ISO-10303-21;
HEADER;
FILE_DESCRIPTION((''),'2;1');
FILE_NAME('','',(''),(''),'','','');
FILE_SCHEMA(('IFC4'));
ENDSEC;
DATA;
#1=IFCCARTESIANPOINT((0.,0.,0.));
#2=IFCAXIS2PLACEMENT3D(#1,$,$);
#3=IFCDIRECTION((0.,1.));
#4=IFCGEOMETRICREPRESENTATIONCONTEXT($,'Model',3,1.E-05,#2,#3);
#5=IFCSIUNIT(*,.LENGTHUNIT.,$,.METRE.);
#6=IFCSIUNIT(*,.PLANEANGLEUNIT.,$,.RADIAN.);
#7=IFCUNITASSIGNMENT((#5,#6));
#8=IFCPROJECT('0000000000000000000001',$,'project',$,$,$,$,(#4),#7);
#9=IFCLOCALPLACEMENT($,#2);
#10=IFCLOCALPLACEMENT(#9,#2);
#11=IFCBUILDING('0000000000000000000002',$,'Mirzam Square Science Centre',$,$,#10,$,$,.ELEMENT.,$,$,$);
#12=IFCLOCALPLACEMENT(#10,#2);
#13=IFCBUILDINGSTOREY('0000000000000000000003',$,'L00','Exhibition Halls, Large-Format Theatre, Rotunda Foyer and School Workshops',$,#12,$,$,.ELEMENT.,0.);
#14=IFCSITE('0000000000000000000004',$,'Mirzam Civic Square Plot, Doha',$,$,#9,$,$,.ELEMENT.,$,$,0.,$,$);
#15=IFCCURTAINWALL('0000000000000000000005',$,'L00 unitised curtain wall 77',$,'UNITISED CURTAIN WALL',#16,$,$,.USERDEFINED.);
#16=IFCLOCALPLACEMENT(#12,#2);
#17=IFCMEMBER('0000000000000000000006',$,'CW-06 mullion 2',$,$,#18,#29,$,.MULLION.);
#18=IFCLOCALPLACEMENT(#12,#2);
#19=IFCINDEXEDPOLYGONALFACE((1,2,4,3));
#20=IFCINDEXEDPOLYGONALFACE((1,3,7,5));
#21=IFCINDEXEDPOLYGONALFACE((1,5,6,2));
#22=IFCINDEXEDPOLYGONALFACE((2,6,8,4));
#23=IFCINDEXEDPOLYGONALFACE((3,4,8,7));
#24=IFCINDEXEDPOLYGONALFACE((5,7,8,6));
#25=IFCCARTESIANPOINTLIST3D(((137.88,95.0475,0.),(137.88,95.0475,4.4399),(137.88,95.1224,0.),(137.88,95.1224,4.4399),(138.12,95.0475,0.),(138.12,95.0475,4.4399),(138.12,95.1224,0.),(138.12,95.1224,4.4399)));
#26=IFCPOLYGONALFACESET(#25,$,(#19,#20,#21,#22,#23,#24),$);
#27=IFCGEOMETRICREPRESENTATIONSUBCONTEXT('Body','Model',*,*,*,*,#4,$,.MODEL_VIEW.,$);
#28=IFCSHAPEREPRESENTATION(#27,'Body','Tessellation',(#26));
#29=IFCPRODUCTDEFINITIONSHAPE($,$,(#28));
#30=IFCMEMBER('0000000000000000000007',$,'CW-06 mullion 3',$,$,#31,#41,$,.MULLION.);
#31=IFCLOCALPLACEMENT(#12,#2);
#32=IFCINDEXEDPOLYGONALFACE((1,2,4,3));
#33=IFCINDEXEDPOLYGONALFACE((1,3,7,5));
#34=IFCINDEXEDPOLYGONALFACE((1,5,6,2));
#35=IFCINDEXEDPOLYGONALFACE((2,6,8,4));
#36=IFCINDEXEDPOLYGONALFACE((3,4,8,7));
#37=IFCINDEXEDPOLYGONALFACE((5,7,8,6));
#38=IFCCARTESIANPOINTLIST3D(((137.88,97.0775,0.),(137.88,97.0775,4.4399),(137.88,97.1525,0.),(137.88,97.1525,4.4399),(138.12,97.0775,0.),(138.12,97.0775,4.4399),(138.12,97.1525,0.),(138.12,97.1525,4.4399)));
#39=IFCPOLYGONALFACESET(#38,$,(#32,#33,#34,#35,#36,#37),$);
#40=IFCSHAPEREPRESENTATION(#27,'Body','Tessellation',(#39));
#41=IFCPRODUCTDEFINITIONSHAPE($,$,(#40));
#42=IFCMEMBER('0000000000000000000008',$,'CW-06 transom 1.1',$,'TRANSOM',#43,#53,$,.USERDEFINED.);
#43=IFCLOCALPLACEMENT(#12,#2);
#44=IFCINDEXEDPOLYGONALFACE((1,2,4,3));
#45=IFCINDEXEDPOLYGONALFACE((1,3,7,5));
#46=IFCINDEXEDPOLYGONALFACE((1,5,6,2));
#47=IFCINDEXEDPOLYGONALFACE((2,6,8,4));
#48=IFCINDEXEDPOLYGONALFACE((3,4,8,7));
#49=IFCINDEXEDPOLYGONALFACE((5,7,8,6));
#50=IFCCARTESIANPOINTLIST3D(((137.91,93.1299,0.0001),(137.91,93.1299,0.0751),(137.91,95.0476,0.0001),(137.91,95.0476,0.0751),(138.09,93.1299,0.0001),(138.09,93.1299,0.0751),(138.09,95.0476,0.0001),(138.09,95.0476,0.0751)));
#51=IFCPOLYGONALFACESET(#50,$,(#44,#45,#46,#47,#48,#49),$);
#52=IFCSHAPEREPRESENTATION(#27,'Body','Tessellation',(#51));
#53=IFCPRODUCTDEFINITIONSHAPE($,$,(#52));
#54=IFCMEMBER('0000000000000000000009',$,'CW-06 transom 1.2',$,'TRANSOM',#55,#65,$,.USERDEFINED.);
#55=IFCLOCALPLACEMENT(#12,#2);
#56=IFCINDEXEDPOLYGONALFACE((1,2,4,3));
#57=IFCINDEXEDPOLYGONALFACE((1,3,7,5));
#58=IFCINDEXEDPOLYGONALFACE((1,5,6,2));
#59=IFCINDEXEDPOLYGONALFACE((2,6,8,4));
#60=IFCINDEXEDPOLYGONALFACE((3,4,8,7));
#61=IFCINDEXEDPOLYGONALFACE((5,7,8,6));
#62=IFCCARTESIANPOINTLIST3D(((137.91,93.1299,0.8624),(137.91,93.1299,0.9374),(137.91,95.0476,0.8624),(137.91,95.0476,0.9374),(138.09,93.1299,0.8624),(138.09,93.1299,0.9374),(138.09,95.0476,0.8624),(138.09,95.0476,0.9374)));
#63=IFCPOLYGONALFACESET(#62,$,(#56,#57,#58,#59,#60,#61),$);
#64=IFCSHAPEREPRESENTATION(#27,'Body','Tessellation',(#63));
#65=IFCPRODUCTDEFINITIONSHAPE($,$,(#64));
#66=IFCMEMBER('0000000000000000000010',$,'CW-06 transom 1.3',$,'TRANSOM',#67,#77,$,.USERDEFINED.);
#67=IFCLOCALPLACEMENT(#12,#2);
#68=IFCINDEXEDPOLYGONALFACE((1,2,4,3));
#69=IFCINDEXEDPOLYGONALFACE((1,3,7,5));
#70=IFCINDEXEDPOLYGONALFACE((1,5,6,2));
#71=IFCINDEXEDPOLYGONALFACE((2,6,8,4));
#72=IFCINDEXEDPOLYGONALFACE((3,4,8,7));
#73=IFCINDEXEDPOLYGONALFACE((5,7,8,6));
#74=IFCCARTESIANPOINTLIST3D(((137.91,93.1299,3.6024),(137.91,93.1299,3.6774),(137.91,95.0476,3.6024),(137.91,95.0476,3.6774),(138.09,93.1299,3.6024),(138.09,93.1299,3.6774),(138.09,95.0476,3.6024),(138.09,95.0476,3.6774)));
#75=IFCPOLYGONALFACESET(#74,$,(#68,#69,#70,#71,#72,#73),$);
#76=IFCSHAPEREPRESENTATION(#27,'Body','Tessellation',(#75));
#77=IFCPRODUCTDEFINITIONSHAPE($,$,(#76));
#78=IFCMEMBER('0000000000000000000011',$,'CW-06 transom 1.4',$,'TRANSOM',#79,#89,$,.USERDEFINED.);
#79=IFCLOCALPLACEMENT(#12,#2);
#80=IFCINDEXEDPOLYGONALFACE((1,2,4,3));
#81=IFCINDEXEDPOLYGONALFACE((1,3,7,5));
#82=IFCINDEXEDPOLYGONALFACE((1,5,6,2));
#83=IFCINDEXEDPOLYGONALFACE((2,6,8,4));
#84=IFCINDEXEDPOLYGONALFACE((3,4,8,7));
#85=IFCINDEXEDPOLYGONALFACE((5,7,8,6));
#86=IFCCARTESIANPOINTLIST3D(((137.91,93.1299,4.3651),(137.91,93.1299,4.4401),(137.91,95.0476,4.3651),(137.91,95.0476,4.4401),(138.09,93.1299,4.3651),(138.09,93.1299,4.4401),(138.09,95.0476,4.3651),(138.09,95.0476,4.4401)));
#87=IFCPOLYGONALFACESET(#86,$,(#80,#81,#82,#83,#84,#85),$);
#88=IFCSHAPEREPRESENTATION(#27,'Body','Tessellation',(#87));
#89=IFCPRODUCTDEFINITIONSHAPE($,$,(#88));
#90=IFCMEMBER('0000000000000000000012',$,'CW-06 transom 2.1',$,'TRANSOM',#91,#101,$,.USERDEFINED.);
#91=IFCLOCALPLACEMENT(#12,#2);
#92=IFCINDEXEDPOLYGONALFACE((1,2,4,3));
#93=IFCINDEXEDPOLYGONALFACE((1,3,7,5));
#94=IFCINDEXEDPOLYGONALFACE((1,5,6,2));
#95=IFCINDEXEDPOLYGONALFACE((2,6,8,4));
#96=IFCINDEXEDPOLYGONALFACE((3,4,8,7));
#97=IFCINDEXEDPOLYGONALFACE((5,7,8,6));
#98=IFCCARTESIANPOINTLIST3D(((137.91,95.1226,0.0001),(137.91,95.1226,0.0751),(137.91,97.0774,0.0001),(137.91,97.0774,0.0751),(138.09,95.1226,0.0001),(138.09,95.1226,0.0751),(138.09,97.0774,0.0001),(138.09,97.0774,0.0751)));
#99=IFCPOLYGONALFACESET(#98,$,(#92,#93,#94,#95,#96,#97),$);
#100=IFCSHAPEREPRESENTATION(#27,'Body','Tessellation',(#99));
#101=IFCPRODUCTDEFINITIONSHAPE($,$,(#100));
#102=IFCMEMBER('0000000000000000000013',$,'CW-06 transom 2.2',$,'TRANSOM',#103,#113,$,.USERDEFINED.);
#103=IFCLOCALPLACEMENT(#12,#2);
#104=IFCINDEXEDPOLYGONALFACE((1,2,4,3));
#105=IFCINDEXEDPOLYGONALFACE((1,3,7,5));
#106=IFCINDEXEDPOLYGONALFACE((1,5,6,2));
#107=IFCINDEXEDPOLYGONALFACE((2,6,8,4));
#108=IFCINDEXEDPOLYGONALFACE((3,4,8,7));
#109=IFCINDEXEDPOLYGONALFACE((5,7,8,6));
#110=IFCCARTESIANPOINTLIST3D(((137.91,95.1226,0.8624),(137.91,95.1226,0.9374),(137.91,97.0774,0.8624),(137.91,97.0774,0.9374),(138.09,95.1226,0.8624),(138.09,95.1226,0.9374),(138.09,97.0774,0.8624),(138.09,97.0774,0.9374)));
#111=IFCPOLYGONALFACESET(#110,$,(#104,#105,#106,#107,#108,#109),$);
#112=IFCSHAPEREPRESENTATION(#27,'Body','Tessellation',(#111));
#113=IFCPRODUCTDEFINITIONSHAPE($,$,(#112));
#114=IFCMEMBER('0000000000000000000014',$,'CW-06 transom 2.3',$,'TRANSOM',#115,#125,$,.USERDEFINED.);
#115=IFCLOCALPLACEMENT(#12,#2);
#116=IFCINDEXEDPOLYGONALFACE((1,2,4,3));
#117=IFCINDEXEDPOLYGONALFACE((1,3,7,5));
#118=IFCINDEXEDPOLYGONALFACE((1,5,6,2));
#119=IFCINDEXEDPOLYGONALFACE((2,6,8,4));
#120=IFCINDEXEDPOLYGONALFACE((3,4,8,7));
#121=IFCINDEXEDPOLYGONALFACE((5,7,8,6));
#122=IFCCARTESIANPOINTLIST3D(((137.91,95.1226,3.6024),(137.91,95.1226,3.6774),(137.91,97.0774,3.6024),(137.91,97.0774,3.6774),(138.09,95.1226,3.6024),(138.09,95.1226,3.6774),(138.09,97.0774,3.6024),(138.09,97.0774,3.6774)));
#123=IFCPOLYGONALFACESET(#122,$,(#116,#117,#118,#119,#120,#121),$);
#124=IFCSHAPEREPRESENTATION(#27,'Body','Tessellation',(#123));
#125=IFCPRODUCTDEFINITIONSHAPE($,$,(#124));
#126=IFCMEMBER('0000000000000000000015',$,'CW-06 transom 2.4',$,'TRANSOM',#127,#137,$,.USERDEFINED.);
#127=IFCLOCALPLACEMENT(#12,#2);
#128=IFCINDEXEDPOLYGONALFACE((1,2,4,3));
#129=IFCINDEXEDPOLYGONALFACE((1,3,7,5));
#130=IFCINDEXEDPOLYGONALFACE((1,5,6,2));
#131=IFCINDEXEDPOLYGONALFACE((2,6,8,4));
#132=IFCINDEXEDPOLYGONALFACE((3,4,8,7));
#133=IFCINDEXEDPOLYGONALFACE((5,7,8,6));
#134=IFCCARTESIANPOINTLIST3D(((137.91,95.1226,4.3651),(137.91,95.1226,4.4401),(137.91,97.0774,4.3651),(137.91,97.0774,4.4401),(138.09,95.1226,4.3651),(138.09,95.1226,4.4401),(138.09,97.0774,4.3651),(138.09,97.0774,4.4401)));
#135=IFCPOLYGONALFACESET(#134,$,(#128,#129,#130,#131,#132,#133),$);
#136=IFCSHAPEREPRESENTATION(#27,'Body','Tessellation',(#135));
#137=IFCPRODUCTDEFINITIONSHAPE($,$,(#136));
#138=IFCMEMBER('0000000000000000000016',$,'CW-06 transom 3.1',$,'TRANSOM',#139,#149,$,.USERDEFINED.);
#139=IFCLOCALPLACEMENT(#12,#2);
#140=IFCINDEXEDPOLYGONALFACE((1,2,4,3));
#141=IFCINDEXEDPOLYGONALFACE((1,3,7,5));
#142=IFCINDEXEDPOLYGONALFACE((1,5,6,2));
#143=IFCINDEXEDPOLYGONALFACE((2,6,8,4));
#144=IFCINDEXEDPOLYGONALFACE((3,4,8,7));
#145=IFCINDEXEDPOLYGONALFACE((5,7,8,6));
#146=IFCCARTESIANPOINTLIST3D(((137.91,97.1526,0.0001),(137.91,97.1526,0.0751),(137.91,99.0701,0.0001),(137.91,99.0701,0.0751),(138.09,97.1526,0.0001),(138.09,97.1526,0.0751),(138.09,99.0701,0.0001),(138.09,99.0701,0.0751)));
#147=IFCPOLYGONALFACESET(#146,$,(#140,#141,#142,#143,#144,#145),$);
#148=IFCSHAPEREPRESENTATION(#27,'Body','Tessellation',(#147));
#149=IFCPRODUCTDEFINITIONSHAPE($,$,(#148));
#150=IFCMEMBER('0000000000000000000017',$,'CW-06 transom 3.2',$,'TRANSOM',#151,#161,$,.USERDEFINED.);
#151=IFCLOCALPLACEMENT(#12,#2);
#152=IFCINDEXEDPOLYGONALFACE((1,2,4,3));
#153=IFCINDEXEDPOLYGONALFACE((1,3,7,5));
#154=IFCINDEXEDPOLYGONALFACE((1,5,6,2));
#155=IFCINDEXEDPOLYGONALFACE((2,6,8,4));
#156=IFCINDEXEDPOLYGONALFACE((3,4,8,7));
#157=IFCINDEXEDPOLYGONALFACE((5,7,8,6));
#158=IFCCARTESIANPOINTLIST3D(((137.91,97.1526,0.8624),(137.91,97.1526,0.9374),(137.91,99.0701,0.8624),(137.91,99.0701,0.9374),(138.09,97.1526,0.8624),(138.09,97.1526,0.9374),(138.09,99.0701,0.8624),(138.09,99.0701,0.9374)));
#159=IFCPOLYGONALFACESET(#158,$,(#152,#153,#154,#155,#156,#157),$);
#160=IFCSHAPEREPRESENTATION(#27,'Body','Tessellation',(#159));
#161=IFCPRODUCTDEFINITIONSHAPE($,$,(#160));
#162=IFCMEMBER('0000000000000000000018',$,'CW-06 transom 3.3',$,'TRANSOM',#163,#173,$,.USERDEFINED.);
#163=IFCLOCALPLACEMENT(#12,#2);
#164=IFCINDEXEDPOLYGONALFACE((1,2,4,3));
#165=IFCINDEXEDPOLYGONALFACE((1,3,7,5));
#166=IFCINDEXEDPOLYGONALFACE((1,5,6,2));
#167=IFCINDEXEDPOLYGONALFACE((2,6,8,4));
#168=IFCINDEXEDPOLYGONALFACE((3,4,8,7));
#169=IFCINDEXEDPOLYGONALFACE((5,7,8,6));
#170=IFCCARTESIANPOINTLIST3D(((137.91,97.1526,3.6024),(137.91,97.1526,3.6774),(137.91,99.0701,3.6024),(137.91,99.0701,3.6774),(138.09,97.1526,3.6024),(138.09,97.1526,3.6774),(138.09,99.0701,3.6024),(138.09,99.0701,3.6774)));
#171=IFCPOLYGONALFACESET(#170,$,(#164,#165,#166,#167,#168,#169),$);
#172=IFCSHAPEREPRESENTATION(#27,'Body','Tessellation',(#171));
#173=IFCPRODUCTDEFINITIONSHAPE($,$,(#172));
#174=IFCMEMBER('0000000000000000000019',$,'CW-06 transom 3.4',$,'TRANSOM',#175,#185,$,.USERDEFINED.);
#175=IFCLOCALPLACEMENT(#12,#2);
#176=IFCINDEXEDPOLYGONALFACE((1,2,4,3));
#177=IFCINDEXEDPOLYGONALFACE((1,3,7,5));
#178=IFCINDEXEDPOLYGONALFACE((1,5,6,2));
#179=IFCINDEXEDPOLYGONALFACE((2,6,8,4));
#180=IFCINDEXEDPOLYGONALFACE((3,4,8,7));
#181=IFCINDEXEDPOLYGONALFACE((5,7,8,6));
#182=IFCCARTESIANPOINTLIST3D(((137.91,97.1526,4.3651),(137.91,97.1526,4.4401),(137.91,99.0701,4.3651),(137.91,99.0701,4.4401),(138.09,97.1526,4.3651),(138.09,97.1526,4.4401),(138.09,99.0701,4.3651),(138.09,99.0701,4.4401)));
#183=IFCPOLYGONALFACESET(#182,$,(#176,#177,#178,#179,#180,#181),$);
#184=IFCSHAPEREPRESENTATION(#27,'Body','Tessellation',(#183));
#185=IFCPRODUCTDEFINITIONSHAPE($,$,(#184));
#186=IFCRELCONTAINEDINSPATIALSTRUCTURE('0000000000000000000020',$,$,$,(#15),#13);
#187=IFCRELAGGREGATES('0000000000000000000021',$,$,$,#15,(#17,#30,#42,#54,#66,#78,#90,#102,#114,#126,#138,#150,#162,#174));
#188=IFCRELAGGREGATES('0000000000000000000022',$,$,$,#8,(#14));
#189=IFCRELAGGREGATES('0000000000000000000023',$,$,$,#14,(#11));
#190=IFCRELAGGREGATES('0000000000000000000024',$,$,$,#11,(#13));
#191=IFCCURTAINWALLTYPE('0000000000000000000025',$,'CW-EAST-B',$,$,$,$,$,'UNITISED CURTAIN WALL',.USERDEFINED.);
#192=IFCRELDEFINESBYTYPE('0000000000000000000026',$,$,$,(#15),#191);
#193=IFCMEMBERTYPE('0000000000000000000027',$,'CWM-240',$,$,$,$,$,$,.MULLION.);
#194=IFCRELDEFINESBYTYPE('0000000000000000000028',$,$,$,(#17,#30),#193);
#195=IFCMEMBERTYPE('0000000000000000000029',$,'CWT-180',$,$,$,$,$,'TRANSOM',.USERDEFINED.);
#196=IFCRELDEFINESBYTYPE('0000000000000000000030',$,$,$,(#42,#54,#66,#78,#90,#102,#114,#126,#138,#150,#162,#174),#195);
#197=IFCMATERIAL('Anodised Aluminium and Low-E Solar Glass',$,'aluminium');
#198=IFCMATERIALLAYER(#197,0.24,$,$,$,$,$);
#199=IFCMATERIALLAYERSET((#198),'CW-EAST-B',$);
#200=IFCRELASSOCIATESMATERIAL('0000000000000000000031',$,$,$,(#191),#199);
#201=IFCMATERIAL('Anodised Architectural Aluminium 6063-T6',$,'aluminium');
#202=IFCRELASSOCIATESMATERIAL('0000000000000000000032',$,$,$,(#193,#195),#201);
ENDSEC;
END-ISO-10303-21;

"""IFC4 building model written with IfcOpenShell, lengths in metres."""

from ifc_helpers import new_model, si_unit, direction, frame, origin, origin_2d, place, context, subcontext, project, spatial, rectangle, extrude, material, layer, layer_set, material_profile, profile_set, type_object, element, aggregate, save


model = new_model("IFC4")

# Units and contexts
model_context = context("Model", 3, precision=1e-05, world=origin(), true_north=direction((0.0, 1.0)))
body_context = subcontext(model_context, "Body", "Model", "MODEL_VIEW")
ifc_project = project(units=[si_unit("LENGTHUNIT", "METRE"), si_unit("PLANEANGLEUNIT", "RADIAN")], contexts=[model_context])

# Site, building, storey
site_placement = place(None, origin())
site = spatial("IfcSite", under=ifc_project, at=site_placement, Name="Mirzam Civic Square Plot, Doha", CompositionType="ELEMENT", RefElevation=0.0)
building_placement = place(site_placement, origin())
building = spatial("IfcBuilding", under=site, at=building_placement, Name="Mirzam Square Science Centre", CompositionType="ELEMENT")
storey_placement = place(building_placement, origin())
storey = spatial("IfcBuildingStorey", under=building, at=storey_placement, Name="L00", Description="Exhibition Halls, Large-Format Theatre, Rotunda Foyer and School Workshops", CompositionType="ELEMENT", Elevation=0.0)

# Curtain wall, members
ifc_material_1 = material(Name="Anodised Aluminium and Low-E Solar Glass", Category="aluminium")
ifc_layer_1 = layer(ifc_material_1, 0.24)
ifc_layer_set_1 = layer_set([ifc_layer_1], Name="CW-EAST-B")
curtain_wall_type = type_object("IfcCurtainWallType", Name="CW-EAST-B", ElementType="UNITISED CURTAIN WALL", PredefinedType="USERDEFINED", material=ifc_layer_set_1)
curtain_wall_placement = place(storey_placement, origin())
curtain_wall = element("IfcCurtainWall", 1, at=curtain_wall_placement, inside=storey, type_object=curtain_wall_type, Name="L00 unitised curtain wall 77", ObjectType="UNITISED CURTAIN WALL", PredefinedType="USERDEFINED")
ifc_material_2 = material(Name="Anodised Architectural Aluminium 6063-T6", Category="aluminium")
ifc_material_profile_1 = material_profile(ifc_material_2, rectangle(XDim=0.075, YDim=0.24, at=origin_2d()), Name="ALU-MULL-240x75x5")
ifc_profile_set_1 = profile_set([ifc_material_profile_1], Name="Anodised Architectural Aluminium 6063-T6")
member_type_1 = type_object("IfcMemberType", Name="CWM-240", PredefinedType="MULLION", material=ifc_profile_set_1)
member_1_placement = place(storey_placement, frame((138.0, 95.085, 0.0), z_axis=(0.0, 0.0, 1.0), x_axis=(0.0, 1.0, 0.0)))
member_1 = element("IfcMember", 2, at=member_1_placement, type_object=member_type_1, Name="CW-06 mullion 2", PredefinedType="MULLION", context=body_context, shape_type="SweptSolid", body=[
    extrude(rectangle(XDim=0.075, YDim=0.24, at=origin_2d()), origin(), (0.0, 0.0, 1.0), 4.4399),
])
member_2_placement = place(storey_placement, frame((138.0, 97.115, 0.0), z_axis=(0.0, 0.0, 1.0), x_axis=(0.0, 1.0, 0.0)))
member_2 = element("IfcMember", 3, at=member_2_placement, type_object=member_type_1, Name="CW-06 mullion 3", PredefinedType="MULLION", context=body_context, shape_type="SweptSolid", body=[
    extrude(rectangle(XDim=0.075, YDim=0.24, at=origin_2d()), origin(), (0.0, 0.0, 1.0), 4.4399),
])
ifc_material_profile_2 = material_profile(ifc_material_2, rectangle(XDim=0.1799, YDim=0.075, at=origin_2d()), Name="ALU-TRAN-180x75x5")
ifc_profile_set_2 = profile_set([ifc_material_profile_2], Name="Anodised Architectural Aluminium 6063-T6")
member_type_2 = type_object("IfcMemberType", Name="CWT-180", ElementType="TRANSOM", PredefinedType="USERDEFINED", material=ifc_profile_set_2)
member_3_placement = place(storey_placement, frame((138.0, 93.1299, 0.0376), z_axis=(0.0, 1.0, 0.0), x_axis=(-1.0, 0.0, 0.0)))
member_3 = element("IfcMember", 4, at=member_3_placement, type_object=member_type_2, Name="CW-06 transom 1.1", ObjectType="TRANSOM", PredefinedType="USERDEFINED", context=body_context, shape_type="SweptSolid", body=[
    extrude(rectangle(XDim=0.1799, YDim=0.075, at=origin_2d()), origin(), (0.0, 0.0, 1.0), 1.9177),
])
member_4_placement = place(storey_placement, frame((138.0, 93.1299, 0.8999), z_axis=(0.0, 1.0, 0.0), x_axis=(-1.0, 0.0, 0.0)))
member_4 = element("IfcMember", 5, at=member_4_placement, type_object=member_type_2, Name="CW-06 transom 1.2", ObjectType="TRANSOM", PredefinedType="USERDEFINED", context=body_context, shape_type="SweptSolid", body=[
    extrude(rectangle(XDim=0.1799, YDim=0.075, at=origin_2d()), origin(), (0.0, 0.0, 1.0), 1.9177),
])
member_5_placement = place(storey_placement, frame((138.0, 93.1299, 3.6399), z_axis=(0.0, 1.0, 0.0), x_axis=(-1.0, 0.0, 0.0)))
member_5 = element("IfcMember", 6, at=member_5_placement, type_object=member_type_2, Name="CW-06 transom 1.3", ObjectType="TRANSOM", PredefinedType="USERDEFINED", context=body_context, shape_type="SweptSolid", body=[
    extrude(rectangle(XDim=0.1799, YDim=0.075, at=origin_2d()), origin(), (0.0, 0.0, 1.0), 1.9177),
])
member_6_placement = place(storey_placement, frame((138.0, 93.1299, 4.4026), z_axis=(0.0, 1.0, 0.0), x_axis=(-1.0, 0.0, 0.0)))
member_6 = element("IfcMember", 7, at=member_6_placement, type_object=member_type_2, Name="CW-06 transom 1.4", ObjectType="TRANSOM", PredefinedType="USERDEFINED", context=body_context, shape_type="SweptSolid", body=[
    extrude(rectangle(XDim=0.1799, YDim=0.075, at=origin_2d()), origin(), (0.0, 0.0, 1.0), 1.9177),
])
member_7_placement = place(storey_placement, frame((138.0, 95.1226, 0.0376), z_axis=(0.0, 1.0, 0.0), x_axis=(-1.0, 0.0, 0.0)))
member_7 = element("IfcMember", 8, at=member_7_placement, type_object=member_type_2, Name="CW-06 transom 2.1", ObjectType="TRANSOM", PredefinedType="USERDEFINED", context=body_context, shape_type="SweptSolid", body=[
    extrude(rectangle(XDim=0.1799, YDim=0.075, at=origin_2d()), origin(), (0.0, 0.0, 1.0), 1.9548),
])
member_8_placement = place(storey_placement, frame((138.0, 95.1226, 0.8999), z_axis=(0.0, 1.0, 0.0), x_axis=(-1.0, 0.0, 0.0)))
member_8 = element("IfcMember", 9, at=member_8_placement, type_object=member_type_2, Name="CW-06 transom 2.2", ObjectType="TRANSOM", PredefinedType="USERDEFINED", context=body_context, shape_type="SweptSolid", body=[
    extrude(rectangle(XDim=0.1799, YDim=0.075, at=origin_2d()), origin(), (0.0, 0.0, 1.0), 1.9548),
])
member_9_placement = place(storey_placement, frame((138.0, 95.1226, 3.6399), z_axis=(0.0, 1.0, 0.0), x_axis=(-1.0, 0.0, 0.0)))
member_9 = element("IfcMember", 10, at=member_9_placement, type_object=member_type_2, Name="CW-06 transom 2.3", ObjectType="TRANSOM", PredefinedType="USERDEFINED", context=body_context, shape_type="SweptSolid", body=[
    extrude(rectangle(XDim=0.1799, YDim=0.075, at=origin_2d()), origin(), (0.0, 0.0, 1.0), 1.9548),
])
member_10_placement = place(storey_placement, frame((138.0, 95.1226, 4.4026), z_axis=(0.0, 1.0, 0.0), x_axis=(-1.0, 0.0, 0.0)))
member_10 = element("IfcMember", 11, at=member_10_placement, type_object=member_type_2, Name="CW-06 transom 2.4", ObjectType="TRANSOM", PredefinedType="USERDEFINED", context=body_context, shape_type="SweptSolid", body=[
    extrude(rectangle(XDim=0.1799, YDim=0.075, at=origin_2d()), origin(), (0.0, 0.0, 1.0), 1.9548),
])
member_11_placement = place(storey_placement, frame((138.0, 97.1526, 0.0376), z_axis=(0.0, 1.0, 0.0), x_axis=(-1.0, 0.0, 0.0)))
member_11 = element("IfcMember", 12, at=member_11_placement, type_object=member_type_2, Name="CW-06 transom 3.1", ObjectType="TRANSOM", PredefinedType="USERDEFINED", context=body_context, shape_type="SweptSolid", body=[
    extrude(rectangle(XDim=0.1799, YDim=0.075, at=origin_2d()), origin(), (0.0, 0.0, 1.0), 1.9175),
])
member_12_placement = place(storey_placement, frame((138.0, 97.1526, 0.8999), z_axis=(0.0, 1.0, 0.0), x_axis=(-1.0, 0.0, 0.0)))
member_12 = element("IfcMember", 13, at=member_12_placement, type_object=member_type_2, Name="CW-06 transom 3.2", ObjectType="TRANSOM", PredefinedType="USERDEFINED", context=body_context, shape_type="SweptSolid", body=[
    extrude(rectangle(XDim=0.1799, YDim=0.075, at=origin_2d()), origin(), (0.0, 0.0, 1.0), 1.9175),
])
member_13_placement = place(storey_placement, frame((138.0, 97.1526, 3.6399), z_axis=(0.0, 1.0, 0.0), x_axis=(-1.0, 0.0, 0.0)))
member_13 = element("IfcMember", 14, at=member_13_placement, type_object=member_type_2, Name="CW-06 transom 3.3", ObjectType="TRANSOM", PredefinedType="USERDEFINED", context=body_context, shape_type="SweptSolid", body=[
    extrude(rectangle(XDim=0.1799, YDim=0.075, at=origin_2d()), origin(), (0.0, 0.0, 1.0), 1.9175),
])
member_14_placement = place(storey_placement, frame((138.0, 97.1526, 4.4026), z_axis=(0.0, 1.0, 0.0), x_axis=(-1.0, 0.0, 0.0)))
member_14 = element("IfcMember", 15, at=member_14_placement, type_object=member_type_2, Name="CW-06 transom 3.4", ObjectType="TRANSOM", PredefinedType="USERDEFINED", context=body_context, shape_type="SweptSolid", body=[
    extrude(rectangle(XDim=0.1799, YDim=0.075, at=origin_2d()), origin(), (0.0, 0.0, 1.0), 1.9175),
])
aggregate(curtain_wall, [member_1, member_2, member_3, member_4, member_5, member_6, member_7, member_8, member_9, member_10, member_11, member_12, member_13, member_14])

save(model, "model.ifc")
